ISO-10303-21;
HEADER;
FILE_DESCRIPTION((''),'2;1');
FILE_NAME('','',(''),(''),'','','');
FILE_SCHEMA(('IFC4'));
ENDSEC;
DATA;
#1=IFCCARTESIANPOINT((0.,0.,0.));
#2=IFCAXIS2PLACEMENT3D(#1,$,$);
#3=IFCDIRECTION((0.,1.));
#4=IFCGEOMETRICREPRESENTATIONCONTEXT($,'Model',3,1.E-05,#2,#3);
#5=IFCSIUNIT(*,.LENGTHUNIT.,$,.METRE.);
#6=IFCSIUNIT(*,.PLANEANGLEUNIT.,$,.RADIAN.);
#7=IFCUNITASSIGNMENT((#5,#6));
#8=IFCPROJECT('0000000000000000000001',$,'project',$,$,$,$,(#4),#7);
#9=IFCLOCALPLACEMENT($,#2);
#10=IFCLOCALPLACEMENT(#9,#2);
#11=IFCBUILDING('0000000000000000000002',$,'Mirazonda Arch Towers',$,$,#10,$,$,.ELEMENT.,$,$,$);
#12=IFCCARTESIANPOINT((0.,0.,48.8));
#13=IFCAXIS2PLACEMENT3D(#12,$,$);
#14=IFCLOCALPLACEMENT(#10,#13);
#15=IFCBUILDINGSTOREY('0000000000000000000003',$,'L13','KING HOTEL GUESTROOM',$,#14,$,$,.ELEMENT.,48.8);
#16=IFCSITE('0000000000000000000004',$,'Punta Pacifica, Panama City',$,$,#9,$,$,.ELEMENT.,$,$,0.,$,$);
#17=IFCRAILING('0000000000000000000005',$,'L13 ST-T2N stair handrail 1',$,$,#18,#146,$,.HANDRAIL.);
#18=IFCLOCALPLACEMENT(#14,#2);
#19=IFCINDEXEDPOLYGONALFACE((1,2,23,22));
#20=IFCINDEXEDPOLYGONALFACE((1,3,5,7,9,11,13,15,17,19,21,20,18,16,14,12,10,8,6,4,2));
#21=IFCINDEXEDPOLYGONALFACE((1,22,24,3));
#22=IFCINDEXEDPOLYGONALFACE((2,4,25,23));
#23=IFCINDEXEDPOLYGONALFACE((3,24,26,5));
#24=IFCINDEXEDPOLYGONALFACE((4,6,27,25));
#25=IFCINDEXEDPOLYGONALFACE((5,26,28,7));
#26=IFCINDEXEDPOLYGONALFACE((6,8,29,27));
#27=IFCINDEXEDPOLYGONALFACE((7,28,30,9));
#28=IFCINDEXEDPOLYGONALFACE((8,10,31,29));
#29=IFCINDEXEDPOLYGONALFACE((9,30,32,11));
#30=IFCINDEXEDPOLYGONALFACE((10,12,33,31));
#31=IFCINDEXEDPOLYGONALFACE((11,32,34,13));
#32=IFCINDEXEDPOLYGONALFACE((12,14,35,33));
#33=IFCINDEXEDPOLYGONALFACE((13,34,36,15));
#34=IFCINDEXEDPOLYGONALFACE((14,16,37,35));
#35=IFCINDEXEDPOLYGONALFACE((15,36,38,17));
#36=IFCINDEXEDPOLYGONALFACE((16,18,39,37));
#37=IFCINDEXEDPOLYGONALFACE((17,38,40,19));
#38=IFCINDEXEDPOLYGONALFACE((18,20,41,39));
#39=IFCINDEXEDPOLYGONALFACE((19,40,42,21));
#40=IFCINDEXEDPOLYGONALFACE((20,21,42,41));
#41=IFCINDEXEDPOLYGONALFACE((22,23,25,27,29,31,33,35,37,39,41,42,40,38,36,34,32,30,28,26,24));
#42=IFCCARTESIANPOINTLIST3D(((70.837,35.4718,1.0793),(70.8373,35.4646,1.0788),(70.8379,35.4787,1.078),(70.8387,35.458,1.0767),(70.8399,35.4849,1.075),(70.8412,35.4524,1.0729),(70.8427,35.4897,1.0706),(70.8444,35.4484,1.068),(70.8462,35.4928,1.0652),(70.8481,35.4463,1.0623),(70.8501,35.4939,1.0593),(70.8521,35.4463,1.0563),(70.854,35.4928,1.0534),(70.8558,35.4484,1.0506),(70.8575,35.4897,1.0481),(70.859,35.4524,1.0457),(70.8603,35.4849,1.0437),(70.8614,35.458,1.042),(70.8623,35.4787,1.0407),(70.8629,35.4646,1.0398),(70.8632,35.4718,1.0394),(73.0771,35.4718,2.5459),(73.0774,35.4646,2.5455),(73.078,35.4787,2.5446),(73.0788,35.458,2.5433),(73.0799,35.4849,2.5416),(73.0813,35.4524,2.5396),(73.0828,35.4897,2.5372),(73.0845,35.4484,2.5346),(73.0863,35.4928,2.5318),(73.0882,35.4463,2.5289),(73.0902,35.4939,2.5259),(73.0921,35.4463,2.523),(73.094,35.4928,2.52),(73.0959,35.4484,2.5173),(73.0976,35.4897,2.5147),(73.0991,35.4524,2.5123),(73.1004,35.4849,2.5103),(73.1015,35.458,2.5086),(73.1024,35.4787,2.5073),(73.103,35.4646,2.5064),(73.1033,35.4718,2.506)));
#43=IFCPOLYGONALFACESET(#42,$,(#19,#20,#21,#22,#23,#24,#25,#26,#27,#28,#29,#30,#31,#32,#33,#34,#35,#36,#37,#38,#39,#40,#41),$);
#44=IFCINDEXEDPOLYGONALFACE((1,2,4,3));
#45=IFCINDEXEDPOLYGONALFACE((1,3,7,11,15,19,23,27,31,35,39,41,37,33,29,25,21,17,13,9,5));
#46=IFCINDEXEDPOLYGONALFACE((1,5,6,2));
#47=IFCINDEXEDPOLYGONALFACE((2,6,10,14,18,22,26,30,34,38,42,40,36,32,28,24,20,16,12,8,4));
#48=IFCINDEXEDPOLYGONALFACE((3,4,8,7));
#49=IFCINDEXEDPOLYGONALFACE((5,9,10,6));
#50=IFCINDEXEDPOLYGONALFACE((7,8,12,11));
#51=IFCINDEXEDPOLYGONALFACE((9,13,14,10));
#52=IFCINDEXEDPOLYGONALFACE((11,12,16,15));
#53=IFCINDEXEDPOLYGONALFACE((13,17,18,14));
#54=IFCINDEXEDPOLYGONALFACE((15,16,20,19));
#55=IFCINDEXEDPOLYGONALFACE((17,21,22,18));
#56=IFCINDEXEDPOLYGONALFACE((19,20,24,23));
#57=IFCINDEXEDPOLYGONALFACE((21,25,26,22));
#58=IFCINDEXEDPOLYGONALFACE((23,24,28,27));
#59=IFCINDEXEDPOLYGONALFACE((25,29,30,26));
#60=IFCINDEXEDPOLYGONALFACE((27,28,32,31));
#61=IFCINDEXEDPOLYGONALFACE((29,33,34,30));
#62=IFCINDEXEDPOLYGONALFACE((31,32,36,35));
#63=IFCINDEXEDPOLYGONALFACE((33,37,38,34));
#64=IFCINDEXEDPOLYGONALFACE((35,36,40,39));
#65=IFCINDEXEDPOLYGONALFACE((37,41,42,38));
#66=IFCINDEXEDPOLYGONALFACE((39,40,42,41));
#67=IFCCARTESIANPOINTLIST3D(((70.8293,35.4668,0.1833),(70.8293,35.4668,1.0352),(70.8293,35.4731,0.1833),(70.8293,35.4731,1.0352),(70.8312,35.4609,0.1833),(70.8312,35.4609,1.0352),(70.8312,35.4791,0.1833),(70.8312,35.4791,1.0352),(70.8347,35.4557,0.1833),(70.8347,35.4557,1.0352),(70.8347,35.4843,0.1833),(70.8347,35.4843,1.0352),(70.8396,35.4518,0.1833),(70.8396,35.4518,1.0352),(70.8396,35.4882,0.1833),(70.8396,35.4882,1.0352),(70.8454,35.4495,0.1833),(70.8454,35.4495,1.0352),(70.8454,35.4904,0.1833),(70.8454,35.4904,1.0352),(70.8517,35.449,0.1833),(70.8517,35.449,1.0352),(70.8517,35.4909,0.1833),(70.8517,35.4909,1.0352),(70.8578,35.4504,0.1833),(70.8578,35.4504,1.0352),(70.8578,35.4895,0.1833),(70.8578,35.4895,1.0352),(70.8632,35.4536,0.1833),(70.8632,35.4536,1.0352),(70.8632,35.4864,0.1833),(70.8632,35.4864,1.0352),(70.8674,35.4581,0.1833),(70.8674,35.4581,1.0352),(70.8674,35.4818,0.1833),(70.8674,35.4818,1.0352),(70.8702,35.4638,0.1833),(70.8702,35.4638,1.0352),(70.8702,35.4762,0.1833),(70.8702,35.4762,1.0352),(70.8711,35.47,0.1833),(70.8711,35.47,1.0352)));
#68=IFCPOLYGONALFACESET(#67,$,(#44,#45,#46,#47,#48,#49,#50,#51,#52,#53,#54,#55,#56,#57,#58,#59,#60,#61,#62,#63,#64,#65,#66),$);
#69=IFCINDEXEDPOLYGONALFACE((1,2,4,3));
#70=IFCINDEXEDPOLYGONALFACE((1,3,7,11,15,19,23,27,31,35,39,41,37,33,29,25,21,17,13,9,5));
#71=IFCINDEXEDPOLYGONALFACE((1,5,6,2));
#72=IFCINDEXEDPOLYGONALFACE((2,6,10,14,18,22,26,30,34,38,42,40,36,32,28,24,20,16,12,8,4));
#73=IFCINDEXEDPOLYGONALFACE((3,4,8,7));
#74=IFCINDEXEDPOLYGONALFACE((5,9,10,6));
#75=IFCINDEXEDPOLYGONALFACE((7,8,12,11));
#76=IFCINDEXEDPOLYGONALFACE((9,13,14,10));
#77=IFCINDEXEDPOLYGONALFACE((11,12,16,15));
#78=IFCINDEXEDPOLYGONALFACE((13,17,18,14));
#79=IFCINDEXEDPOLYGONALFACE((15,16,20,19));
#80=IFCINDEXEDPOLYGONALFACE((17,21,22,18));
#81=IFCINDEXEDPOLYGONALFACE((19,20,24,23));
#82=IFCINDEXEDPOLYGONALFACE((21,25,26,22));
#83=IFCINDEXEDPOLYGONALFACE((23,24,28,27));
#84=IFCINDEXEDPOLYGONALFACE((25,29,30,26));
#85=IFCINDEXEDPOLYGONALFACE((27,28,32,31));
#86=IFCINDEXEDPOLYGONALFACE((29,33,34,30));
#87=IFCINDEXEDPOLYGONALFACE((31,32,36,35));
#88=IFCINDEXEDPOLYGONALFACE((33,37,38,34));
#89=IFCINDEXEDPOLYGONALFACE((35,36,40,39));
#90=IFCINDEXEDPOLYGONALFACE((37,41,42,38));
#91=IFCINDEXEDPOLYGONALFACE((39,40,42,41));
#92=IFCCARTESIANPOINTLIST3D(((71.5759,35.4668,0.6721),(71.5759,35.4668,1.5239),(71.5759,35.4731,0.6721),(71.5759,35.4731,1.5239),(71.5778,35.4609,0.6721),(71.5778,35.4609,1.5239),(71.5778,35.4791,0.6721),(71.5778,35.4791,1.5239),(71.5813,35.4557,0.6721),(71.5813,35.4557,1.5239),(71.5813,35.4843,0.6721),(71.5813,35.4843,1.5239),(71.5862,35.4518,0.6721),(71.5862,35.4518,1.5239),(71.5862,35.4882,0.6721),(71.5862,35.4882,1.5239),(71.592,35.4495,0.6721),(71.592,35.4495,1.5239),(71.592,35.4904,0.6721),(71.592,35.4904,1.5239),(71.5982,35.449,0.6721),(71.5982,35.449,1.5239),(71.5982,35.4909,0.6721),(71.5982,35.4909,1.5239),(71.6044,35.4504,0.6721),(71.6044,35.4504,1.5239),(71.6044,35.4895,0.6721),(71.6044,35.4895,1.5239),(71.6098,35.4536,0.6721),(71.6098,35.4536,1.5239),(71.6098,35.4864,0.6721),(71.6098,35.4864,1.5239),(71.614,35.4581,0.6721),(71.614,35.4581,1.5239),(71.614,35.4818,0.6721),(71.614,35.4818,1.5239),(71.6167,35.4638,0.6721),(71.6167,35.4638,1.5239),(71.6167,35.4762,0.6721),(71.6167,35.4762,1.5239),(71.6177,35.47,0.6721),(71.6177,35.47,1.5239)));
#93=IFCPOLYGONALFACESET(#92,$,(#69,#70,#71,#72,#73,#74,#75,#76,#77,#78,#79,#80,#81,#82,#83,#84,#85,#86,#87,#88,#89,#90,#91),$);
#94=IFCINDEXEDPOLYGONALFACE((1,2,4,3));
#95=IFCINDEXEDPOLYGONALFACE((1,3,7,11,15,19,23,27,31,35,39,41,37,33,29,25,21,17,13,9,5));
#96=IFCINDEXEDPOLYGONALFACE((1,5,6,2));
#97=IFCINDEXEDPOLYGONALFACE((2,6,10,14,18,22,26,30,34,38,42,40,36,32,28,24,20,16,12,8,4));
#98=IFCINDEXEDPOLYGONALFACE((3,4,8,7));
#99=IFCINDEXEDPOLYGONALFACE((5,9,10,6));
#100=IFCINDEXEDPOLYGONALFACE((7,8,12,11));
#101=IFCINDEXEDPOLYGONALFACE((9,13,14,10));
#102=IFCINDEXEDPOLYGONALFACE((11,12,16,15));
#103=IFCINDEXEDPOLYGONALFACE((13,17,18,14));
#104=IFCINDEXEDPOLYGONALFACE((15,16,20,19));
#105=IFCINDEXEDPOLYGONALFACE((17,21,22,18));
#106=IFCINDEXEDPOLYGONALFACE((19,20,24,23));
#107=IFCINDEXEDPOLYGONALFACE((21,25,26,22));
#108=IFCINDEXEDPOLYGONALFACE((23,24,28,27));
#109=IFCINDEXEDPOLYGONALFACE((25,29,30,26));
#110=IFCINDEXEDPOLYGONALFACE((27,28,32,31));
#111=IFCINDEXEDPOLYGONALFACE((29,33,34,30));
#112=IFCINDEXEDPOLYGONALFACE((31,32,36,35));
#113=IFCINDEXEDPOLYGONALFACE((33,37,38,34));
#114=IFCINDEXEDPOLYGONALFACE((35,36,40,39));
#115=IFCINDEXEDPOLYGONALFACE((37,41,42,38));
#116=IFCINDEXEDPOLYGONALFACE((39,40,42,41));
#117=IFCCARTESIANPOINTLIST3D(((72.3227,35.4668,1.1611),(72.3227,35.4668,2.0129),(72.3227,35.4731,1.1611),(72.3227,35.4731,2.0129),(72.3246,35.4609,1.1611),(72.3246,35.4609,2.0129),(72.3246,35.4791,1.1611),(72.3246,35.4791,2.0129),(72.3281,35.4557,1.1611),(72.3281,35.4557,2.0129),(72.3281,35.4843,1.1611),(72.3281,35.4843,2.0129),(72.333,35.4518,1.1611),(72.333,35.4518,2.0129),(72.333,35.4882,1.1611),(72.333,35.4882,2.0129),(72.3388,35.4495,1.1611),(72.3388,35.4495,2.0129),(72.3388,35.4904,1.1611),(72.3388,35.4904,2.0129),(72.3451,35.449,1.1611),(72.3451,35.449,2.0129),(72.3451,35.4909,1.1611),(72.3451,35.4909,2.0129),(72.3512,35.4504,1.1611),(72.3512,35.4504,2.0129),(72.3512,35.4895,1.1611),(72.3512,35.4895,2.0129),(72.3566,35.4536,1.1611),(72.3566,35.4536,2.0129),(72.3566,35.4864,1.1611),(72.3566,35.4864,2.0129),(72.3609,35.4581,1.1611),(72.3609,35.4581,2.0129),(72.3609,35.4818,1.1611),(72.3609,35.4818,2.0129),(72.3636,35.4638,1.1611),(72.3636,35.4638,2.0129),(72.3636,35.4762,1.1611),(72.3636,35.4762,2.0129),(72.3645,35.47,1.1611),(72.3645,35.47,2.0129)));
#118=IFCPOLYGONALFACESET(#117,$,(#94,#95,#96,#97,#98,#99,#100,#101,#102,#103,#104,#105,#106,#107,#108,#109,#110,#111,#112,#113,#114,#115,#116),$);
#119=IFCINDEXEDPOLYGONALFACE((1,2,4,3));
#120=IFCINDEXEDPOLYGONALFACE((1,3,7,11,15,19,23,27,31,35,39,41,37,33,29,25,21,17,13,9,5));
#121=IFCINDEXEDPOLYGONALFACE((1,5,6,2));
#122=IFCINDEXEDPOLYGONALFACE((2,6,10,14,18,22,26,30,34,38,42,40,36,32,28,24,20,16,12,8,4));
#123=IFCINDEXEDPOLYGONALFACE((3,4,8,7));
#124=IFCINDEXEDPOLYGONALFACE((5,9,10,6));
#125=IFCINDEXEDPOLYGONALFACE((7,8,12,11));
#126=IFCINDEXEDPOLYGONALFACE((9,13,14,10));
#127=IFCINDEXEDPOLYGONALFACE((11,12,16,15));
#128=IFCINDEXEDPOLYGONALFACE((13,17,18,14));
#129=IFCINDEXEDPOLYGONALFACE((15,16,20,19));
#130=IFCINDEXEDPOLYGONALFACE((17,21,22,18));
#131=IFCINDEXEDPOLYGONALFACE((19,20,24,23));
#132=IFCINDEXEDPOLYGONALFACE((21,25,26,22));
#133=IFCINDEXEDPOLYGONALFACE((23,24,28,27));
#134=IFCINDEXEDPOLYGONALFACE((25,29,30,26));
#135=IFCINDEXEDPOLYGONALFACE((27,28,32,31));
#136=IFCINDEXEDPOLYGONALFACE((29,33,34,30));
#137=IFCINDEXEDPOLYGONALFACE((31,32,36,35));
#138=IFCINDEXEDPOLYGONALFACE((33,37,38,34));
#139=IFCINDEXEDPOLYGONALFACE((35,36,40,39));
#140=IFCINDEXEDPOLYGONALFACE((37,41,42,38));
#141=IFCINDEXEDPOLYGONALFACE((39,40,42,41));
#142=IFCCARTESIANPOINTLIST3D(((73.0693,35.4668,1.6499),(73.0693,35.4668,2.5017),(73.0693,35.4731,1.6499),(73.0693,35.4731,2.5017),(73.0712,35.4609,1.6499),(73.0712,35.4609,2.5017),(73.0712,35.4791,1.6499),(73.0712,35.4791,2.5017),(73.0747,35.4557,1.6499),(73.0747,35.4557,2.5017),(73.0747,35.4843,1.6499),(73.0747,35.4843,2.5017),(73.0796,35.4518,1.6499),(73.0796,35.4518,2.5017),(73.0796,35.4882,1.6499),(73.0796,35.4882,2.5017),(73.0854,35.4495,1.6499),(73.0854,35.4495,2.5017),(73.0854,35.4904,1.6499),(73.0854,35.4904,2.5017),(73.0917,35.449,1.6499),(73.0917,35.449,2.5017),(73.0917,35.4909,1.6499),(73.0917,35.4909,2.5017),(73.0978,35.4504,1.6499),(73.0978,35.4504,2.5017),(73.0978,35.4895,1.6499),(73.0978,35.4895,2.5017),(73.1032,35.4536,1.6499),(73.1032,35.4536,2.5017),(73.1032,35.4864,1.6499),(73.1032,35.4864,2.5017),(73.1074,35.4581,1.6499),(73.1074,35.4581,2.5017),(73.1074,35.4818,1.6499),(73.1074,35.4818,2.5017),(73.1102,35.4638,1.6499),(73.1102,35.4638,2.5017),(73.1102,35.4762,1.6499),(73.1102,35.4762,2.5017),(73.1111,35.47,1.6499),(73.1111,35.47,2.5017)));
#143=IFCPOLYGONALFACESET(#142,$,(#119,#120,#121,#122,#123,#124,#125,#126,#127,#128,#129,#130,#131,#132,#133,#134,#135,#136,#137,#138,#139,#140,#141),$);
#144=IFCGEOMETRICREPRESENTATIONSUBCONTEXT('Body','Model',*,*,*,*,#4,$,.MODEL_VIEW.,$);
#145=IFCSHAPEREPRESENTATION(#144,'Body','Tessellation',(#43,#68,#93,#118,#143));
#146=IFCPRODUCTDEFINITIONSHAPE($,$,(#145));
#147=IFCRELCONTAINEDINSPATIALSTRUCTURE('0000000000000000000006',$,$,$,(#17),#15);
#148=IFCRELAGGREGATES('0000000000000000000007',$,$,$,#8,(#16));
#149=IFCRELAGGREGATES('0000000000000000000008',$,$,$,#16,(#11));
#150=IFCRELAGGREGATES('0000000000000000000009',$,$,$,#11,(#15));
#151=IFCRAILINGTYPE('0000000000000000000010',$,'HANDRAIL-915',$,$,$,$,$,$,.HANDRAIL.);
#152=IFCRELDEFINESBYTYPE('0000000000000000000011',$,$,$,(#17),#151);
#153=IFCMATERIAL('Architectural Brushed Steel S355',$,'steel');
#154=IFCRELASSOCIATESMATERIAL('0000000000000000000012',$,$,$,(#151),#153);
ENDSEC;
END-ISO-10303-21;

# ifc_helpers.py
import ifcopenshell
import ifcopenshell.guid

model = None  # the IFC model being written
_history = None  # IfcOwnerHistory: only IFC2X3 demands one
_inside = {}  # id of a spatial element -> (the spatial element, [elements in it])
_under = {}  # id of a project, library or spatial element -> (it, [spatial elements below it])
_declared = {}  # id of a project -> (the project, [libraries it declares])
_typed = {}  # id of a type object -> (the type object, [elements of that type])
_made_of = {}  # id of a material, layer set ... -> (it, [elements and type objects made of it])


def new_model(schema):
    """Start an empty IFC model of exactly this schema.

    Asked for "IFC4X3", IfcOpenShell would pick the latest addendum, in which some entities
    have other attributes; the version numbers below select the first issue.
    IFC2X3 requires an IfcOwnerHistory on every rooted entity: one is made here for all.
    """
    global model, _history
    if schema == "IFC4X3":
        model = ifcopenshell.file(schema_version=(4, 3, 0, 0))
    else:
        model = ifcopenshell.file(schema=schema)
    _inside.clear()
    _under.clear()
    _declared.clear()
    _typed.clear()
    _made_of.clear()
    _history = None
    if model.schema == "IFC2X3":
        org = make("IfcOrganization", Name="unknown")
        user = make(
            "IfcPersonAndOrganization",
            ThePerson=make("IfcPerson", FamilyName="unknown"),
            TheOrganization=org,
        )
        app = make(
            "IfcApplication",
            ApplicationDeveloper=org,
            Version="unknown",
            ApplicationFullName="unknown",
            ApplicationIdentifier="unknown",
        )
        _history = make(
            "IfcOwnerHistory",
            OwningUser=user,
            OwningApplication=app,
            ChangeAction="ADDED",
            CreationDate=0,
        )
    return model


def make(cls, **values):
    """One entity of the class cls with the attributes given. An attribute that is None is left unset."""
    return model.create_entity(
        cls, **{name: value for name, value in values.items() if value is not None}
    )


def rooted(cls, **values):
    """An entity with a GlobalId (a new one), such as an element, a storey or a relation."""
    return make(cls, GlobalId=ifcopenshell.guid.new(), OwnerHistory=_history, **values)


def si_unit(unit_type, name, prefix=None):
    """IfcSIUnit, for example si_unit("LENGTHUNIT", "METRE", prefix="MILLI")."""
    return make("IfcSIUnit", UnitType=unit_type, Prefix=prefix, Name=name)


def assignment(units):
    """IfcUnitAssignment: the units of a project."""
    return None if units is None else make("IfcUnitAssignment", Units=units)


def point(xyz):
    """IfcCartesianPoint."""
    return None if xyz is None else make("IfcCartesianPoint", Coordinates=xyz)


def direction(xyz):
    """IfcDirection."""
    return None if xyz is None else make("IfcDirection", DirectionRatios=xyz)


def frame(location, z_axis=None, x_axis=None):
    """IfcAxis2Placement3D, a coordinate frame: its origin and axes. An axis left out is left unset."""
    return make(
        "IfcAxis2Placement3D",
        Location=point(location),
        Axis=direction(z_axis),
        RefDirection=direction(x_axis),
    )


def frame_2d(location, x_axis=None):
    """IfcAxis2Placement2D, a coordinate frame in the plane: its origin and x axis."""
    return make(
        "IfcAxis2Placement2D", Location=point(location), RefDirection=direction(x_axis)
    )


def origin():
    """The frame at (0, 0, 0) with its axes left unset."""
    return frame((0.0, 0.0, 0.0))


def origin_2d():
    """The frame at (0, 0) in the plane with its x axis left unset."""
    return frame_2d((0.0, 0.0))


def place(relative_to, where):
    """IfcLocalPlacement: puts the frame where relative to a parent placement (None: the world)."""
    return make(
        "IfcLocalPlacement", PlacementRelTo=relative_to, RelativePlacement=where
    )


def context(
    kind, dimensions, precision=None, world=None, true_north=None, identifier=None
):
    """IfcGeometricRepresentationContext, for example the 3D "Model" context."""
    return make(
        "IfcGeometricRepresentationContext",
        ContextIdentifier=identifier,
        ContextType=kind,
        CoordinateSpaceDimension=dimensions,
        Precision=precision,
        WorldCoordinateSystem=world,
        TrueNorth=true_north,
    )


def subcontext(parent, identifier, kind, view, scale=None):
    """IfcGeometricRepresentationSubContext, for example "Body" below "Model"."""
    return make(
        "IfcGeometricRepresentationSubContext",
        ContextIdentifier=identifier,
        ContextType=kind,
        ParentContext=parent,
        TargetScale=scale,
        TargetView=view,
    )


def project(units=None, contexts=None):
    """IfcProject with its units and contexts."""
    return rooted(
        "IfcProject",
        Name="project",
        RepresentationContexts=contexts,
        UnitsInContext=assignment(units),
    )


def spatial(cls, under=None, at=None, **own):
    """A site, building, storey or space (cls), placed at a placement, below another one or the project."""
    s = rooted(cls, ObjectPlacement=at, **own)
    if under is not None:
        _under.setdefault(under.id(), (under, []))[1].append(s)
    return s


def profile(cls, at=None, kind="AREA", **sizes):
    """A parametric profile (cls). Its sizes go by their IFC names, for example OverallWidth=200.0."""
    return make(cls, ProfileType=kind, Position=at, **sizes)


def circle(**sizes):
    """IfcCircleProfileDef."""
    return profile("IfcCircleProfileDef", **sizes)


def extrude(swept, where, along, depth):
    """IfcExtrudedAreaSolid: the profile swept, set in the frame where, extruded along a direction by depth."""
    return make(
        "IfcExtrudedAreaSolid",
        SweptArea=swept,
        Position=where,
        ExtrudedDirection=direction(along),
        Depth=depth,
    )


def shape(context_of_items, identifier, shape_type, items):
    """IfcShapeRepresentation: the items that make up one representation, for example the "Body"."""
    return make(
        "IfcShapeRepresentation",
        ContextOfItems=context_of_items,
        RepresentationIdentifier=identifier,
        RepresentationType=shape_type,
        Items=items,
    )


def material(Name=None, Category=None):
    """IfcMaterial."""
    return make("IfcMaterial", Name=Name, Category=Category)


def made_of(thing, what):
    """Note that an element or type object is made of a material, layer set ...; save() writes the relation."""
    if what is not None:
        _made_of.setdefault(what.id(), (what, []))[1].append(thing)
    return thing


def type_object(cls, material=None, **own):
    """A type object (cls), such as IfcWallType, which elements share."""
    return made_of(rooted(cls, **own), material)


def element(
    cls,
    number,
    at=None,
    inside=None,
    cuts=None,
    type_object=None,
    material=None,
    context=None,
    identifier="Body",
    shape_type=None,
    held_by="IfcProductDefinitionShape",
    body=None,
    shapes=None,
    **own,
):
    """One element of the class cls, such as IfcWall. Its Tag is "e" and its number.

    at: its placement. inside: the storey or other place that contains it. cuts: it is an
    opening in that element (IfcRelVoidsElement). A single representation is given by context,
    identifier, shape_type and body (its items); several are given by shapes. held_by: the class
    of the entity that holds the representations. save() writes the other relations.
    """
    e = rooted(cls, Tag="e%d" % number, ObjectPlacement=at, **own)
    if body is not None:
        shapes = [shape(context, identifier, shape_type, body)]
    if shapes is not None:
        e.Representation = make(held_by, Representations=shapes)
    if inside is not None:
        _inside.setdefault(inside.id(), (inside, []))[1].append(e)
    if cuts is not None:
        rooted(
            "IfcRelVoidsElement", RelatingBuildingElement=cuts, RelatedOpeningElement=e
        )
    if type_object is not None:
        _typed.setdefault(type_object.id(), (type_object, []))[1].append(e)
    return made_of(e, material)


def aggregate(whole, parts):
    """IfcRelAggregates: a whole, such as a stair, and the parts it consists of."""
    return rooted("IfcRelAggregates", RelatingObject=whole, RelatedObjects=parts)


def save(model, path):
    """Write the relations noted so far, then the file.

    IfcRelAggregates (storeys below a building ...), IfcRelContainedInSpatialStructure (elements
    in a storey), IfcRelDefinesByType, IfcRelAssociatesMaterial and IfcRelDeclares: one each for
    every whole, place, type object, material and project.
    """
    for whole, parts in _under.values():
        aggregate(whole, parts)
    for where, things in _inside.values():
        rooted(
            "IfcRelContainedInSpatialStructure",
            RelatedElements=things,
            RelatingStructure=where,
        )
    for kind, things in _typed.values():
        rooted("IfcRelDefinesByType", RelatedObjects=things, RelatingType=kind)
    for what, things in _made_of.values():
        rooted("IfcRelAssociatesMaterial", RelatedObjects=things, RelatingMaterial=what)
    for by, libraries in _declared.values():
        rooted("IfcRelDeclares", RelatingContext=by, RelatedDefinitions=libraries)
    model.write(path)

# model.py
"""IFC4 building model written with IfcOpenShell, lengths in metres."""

from ifc_helpers import new_model, si_unit, direction, frame, origin, origin_2d, place, context, subcontext, project, spatial, circle, extrude, material, type_object, element, save


model = new_model("IFC4")

# Units and contexts
model_context = context("Model", 3, precision=1e-05, world=origin(), true_north=direction((0.0, 1.0)))
body_context = subcontext(model_context, "Body", "Model", "MODEL_VIEW")
ifc_project = project(units=[si_unit("LENGTHUNIT", "METRE"), si_unit("PLANEANGLEUNIT", "RADIAN")], contexts=[model_context])

# Site, building, storey
site_placement = place(None, origin())
site = spatial("IfcSite", under=ifc_project, at=site_placement, Name="Punta Pacifica, Panama City", CompositionType="ELEMENT", RefElevation=0.0)
building_placement = place(site_placement, origin())
building = spatial("IfcBuilding", under=site, at=building_placement, Name="Mirazonda Arch Towers", CompositionType="ELEMENT")
storey_placement = place(building_placement, frame((0.0, 0.0, 48.8)))
storey = spatial("IfcBuildingStorey", under=building, at=storey_placement, Name="L13", Description="KING HOTEL GUESTROOM", CompositionType="ELEMENT", Elevation=48.8)

# Shared definitions
ifc_material_1 = material(Name="Architectural Brushed Steel S355", Category="steel")

# Railing
railing_type = type_object("IfcRailingType", Name="HANDRAIL-915", PredefinedType="HANDRAIL", material=ifc_material_1)
railing_placement = place(storey_placement, frame((70.8501, 35.47, 0.1833)))
element("IfcRailing", 1, at=railing_placement, inside=storey, type_object=railing_type, Name="L13 ST-T2N stair handrail 1", PredefinedType="HANDRAIL", context=body_context, shape_type="SweptSolid", body=[
    extrude(circle(Radius=0.0239, at=origin_2d()), frame((0.0, 0.0, 0.876), z_axis=(0.836637, 0.0, 0.547758), x_axis=(0.0, 1.0, 0.0)), (0.0, 0.0, 1.0), 2.6775),
    extrude(circle(Radius=0.021, at=origin_2d()), origin(), (0.0, 0.0, 1.0), 0.8518),
    extrude(circle(Radius=0.021, at=origin_2d()), frame((0.7466, 0.0, 0.4888)), (0.0, 0.0, 1.0), 0.8518),
    extrude(circle(Radius=0.021, at=origin_2d()), frame((1.4934, 0.0, 0.9778)), (0.0, 0.0, 1.0), 0.8518),
    extrude(circle(Radius=0.021, at=origin_2d()), frame((2.24, 0.0, 1.4666)), (0.0, 0.0, 1.0), 0.8518),
])

save(model, "model.ifc")
